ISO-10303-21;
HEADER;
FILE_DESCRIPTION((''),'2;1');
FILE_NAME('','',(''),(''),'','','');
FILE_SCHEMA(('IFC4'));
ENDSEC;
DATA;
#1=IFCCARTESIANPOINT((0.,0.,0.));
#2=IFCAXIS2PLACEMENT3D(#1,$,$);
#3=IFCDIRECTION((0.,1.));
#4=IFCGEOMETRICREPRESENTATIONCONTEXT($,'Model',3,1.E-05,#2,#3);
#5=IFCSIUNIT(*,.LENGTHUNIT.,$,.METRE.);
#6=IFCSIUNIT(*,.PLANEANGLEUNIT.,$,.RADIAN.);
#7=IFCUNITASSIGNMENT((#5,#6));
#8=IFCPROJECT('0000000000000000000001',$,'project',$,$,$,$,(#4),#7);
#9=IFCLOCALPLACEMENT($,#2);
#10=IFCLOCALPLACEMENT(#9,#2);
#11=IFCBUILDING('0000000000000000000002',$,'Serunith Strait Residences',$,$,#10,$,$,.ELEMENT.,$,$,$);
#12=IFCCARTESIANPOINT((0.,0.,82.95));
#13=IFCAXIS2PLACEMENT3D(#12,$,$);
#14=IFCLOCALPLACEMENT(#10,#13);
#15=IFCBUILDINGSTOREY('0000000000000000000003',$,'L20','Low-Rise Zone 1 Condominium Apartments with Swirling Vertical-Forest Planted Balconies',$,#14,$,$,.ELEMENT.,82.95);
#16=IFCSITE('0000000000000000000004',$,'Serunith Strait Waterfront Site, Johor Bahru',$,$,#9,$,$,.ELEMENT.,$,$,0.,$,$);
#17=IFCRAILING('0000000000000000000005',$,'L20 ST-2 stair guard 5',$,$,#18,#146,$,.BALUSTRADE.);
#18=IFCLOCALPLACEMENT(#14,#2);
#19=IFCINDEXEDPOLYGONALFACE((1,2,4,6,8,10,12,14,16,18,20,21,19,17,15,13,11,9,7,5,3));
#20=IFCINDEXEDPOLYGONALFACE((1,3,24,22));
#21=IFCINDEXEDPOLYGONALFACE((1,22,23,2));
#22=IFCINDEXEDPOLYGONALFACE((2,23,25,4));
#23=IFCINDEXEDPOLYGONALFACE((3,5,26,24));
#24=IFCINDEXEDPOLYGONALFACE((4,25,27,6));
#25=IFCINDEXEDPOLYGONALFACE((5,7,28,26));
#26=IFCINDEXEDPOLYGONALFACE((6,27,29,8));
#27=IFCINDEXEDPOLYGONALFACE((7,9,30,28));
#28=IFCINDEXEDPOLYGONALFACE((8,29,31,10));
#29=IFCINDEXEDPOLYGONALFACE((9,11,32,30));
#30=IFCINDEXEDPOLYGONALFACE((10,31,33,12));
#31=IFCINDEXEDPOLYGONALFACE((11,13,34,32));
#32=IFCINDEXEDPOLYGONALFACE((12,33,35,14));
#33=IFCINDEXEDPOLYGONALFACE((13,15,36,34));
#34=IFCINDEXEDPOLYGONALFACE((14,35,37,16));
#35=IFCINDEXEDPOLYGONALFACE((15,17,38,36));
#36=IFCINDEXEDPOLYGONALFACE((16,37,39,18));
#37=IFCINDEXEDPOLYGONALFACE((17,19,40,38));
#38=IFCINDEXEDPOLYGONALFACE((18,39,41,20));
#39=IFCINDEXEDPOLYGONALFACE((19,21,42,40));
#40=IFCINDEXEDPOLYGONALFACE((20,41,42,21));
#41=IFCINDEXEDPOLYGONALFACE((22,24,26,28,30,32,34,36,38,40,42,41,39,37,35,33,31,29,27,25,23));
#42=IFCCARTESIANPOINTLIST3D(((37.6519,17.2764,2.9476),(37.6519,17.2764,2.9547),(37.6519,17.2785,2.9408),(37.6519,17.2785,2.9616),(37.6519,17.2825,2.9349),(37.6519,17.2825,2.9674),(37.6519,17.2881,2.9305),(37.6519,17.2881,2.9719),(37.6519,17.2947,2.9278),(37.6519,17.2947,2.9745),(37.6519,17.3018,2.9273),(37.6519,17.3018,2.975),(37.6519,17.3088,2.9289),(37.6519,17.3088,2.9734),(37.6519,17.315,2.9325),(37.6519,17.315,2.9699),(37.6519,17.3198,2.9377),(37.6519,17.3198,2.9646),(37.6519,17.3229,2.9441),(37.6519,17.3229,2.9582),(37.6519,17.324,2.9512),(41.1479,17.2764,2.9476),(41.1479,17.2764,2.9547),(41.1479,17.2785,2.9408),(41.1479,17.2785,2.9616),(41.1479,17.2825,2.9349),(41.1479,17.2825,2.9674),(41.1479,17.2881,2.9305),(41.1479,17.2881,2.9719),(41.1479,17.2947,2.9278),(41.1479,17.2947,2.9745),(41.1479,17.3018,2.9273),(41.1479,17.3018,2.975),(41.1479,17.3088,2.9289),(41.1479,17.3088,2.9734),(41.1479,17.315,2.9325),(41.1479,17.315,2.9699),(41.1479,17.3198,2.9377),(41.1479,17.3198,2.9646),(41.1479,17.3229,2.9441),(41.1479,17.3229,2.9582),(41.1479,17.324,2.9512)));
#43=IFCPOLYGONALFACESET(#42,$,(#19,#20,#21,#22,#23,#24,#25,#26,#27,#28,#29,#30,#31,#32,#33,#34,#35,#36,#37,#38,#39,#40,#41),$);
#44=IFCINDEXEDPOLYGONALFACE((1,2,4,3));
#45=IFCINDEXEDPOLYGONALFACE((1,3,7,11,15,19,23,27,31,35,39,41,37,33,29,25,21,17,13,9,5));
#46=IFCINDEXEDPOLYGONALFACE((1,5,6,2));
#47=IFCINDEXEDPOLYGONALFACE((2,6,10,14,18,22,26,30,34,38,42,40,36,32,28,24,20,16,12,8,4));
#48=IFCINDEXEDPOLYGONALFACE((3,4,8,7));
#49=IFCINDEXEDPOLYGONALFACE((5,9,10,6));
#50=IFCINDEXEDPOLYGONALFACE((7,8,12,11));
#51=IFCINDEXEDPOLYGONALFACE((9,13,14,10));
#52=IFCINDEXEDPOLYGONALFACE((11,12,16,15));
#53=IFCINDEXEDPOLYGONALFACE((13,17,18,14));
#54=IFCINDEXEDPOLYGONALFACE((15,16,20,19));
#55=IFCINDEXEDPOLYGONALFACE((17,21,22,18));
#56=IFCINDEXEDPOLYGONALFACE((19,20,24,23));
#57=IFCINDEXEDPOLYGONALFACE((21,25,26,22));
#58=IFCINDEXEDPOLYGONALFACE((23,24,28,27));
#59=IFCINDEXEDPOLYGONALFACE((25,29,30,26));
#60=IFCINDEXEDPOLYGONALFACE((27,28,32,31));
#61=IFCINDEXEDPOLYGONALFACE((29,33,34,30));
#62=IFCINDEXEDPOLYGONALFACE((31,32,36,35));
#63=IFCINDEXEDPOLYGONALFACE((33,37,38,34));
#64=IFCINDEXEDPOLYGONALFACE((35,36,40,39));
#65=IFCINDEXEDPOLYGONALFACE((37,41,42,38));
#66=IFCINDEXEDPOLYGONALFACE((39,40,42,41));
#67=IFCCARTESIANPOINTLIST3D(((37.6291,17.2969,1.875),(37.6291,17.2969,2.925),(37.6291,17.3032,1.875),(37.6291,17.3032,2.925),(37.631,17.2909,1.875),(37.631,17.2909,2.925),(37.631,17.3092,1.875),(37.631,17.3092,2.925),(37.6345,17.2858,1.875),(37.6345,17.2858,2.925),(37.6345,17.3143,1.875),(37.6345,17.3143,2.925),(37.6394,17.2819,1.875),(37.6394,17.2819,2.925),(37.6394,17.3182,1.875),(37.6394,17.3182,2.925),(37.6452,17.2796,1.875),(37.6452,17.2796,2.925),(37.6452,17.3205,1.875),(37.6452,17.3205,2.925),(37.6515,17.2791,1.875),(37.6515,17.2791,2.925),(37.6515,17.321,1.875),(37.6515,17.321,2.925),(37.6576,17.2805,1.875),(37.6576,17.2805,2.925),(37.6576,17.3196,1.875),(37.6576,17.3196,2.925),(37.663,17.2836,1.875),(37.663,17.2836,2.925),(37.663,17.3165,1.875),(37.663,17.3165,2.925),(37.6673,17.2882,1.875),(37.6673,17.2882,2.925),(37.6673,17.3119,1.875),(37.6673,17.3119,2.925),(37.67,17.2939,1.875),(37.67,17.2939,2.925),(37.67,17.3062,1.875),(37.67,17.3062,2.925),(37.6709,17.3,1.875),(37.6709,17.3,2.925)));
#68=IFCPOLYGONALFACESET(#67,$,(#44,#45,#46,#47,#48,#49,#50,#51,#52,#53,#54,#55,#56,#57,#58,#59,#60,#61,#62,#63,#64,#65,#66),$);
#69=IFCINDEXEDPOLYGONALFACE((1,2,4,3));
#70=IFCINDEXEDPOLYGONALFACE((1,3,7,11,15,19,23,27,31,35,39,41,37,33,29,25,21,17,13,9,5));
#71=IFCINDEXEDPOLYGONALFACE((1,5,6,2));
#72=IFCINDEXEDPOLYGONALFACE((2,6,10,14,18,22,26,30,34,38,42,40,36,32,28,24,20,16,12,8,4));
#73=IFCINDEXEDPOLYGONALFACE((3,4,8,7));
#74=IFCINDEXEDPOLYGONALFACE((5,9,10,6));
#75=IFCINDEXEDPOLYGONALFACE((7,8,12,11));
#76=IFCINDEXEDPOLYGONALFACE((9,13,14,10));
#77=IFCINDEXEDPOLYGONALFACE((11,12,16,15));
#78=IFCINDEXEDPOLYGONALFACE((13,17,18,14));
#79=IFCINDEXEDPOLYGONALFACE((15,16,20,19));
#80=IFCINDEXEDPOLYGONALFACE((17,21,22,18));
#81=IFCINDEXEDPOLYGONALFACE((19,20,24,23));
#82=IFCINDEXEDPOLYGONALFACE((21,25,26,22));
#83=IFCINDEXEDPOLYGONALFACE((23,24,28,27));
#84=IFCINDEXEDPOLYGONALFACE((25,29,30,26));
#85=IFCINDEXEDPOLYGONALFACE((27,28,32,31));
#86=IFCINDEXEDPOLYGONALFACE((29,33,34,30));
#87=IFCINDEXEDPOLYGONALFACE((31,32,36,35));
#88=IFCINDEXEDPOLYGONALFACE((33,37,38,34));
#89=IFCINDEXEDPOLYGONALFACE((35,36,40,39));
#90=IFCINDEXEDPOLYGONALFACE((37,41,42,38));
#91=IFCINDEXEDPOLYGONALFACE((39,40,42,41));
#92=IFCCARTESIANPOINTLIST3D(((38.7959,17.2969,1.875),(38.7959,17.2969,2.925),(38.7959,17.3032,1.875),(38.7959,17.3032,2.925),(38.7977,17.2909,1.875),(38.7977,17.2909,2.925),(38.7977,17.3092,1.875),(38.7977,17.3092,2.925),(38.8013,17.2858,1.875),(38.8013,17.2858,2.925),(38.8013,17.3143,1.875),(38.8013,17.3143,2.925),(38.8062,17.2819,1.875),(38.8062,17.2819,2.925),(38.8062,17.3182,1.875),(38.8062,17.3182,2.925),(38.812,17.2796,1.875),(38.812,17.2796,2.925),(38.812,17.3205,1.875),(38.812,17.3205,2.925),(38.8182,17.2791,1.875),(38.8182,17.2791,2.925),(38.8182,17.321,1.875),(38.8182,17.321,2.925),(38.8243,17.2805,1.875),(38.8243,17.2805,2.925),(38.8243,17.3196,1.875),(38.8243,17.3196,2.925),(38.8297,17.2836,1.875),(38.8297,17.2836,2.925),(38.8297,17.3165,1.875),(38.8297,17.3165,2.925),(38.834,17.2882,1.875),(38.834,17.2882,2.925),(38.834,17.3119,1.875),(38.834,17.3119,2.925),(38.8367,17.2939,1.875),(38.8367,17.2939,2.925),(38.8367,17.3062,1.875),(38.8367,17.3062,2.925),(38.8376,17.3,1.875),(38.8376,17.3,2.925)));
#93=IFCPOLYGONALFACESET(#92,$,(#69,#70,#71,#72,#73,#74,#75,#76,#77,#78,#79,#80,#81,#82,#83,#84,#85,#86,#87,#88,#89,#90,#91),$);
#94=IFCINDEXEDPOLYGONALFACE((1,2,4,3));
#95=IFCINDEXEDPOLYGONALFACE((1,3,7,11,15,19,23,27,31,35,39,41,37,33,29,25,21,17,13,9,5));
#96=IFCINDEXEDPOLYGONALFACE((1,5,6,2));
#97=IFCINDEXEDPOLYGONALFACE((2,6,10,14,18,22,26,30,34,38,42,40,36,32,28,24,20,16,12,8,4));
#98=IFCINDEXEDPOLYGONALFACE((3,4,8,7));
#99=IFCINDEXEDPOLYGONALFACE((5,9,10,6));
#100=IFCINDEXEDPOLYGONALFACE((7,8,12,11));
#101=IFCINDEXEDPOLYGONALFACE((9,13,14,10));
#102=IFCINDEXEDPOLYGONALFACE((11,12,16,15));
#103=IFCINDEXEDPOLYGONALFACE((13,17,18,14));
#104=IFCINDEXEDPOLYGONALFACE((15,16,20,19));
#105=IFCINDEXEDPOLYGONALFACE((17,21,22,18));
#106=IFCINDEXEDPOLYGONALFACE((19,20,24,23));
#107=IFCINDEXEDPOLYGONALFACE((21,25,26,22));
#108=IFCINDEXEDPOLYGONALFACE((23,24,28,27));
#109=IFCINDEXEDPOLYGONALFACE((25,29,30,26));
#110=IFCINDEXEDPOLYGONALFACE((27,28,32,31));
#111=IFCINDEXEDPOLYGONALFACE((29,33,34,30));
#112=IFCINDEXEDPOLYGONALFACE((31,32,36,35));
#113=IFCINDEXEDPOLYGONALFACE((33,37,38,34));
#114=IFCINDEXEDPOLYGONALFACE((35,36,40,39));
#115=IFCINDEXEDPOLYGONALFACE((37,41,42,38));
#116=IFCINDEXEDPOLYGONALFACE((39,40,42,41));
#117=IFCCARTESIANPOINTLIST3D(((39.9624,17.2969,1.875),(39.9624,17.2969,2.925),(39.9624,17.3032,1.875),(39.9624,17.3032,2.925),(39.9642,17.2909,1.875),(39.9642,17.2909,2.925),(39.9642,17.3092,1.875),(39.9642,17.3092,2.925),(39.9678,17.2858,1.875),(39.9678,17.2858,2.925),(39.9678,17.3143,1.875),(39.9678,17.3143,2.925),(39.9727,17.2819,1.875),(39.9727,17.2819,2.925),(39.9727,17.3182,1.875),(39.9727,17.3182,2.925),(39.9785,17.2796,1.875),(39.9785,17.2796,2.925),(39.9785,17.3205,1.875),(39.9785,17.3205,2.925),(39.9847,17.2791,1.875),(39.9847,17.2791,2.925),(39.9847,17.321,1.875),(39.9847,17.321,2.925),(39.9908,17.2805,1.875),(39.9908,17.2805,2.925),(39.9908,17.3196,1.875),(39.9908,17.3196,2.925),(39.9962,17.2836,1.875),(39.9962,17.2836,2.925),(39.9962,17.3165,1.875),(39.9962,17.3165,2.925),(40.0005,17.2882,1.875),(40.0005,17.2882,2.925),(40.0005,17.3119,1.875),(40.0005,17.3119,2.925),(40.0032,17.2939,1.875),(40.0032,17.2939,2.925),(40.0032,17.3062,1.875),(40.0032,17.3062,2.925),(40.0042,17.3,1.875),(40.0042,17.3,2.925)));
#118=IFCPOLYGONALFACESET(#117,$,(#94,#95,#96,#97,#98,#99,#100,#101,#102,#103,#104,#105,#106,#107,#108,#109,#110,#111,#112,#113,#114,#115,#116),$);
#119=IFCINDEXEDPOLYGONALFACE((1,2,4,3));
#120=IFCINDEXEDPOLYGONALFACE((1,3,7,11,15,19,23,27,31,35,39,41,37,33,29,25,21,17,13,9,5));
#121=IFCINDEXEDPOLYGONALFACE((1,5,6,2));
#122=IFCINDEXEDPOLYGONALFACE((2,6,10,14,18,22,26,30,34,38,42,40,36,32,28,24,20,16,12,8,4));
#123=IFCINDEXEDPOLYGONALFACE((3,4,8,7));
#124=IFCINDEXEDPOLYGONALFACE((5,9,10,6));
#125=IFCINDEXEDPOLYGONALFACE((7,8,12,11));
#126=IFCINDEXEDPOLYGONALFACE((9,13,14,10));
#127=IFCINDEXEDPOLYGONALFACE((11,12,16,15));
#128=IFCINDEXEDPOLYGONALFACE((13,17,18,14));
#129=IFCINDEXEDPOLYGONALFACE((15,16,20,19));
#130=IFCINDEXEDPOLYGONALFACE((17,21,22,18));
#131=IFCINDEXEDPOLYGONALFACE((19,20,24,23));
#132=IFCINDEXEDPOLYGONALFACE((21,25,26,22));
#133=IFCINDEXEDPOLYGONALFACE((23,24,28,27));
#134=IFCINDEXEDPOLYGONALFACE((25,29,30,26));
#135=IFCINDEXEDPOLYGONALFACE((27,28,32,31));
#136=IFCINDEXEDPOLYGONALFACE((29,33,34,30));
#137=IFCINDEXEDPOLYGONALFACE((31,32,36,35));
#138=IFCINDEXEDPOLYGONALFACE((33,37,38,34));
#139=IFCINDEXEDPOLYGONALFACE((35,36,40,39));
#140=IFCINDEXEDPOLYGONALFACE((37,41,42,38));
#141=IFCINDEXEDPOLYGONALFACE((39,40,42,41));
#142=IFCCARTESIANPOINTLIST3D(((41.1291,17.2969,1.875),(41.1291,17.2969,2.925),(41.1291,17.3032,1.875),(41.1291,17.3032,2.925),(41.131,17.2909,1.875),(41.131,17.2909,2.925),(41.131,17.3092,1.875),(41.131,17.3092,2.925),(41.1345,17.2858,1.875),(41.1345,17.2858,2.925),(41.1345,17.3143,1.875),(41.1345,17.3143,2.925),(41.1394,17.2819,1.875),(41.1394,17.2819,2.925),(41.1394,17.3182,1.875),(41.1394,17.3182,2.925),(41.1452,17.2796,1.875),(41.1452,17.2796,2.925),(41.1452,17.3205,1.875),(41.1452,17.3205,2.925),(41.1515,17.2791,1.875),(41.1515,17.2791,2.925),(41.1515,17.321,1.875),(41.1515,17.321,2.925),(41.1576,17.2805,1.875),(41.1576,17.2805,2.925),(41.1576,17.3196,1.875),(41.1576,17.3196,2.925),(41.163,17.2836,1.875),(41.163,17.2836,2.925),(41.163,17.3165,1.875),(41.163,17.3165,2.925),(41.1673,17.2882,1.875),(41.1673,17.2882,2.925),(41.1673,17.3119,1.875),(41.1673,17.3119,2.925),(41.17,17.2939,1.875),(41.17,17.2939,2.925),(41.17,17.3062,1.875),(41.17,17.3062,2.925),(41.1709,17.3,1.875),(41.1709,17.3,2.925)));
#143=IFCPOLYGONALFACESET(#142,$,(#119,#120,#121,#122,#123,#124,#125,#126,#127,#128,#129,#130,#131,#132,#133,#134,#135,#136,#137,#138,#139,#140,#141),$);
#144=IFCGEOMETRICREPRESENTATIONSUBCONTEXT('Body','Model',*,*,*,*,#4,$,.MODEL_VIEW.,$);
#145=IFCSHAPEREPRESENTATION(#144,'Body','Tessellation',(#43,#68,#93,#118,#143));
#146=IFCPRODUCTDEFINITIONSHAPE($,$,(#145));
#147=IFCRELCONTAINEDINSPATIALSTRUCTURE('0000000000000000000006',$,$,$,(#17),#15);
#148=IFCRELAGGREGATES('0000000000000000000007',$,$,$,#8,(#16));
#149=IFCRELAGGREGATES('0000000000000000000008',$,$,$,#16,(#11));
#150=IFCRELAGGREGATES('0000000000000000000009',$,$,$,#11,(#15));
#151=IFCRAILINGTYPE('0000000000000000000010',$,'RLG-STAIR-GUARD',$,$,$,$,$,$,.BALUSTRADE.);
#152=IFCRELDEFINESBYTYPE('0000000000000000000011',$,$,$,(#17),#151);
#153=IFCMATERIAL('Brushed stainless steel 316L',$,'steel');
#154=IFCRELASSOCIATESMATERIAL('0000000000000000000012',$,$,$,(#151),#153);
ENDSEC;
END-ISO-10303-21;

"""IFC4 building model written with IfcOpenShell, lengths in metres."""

from ifc_helpers import new_model, si_unit, direction, frame, origin, origin_2d, place, context, subcontext, project, spatial, circle, extrude, material, type_object, element, save


model = new_model("IFC4")

# Units and contexts
model_context = context("Model", 3, precision=1e-05, world=origin(), true_north=direction((0.0, 1.0)))
body_context = subcontext(model_context, "Body", "Model", "MODEL_VIEW")
ifc_project = project(units=[si_unit("LENGTHUNIT", "METRE"), si_unit("PLANEANGLEUNIT", "RADIAN")], contexts=[model_context])

# Site, building, storey
site_placement = place(None, origin())
site = spatial("IfcSite", under=ifc_project, at=site_placement, Name="Serunith Strait Waterfront Site, Johor Bahru", CompositionType="ELEMENT", RefElevation=0.0)
building_placement = place(site_placement, origin())
building = spatial("IfcBuilding", under=site, at=building_placement, Name="Serunith Strait Residences", CompositionType="ELEMENT")
storey_placement = place(building_placement, frame((0.0, 0.0, 82.95)))
storey = spatial("IfcBuildingStorey", under=building, at=storey_placement, Name="L20", Description="Low-Rise Zone 1 Condominium Apartments with Swirling Vertical-Forest Planted Balconies", CompositionType="ELEMENT", Elevation=82.95)

# Railing
ifc_material_1 = material(Name="Brushed stainless steel 316L", Category="steel")
railing_type_1 = type_object("IfcRailingType", Name="RLG-STAIR-GUARD", PredefinedType="BALUSTRADE", material=ifc_material_1)
railing_1_placement = place(storey_placement, frame((37.6499, 17.3, 1.875)))
element("IfcRailing", 1, at=railing_1_placement, inside=storey, type_object=railing_type_1, Name="L20 ST-2 stair guard 5", PredefinedType="BALUSTRADE", context=body_context, shape_type="SweptSolid", body=[
    extrude(circle(Radius=0.0239, at=origin_2d()), frame((0.002, 0.0, 1.0762), z_axis=(1.0, 0.0, 0.0), x_axis=(0.0, 1.0, 0.0)), (0.0, 0.0, 1.0), 3.4961),
    extrude(circle(Radius=0.021, at=origin_2d()), origin(), (0.0, 0.0, 1.0), 1.05),
    extrude(circle(Radius=0.021, at=origin_2d()), frame((1.1667, 0.0, 0.0)), (0.0, 0.0, 1.0), 1.05),
    extrude(circle(Radius=0.021, at=origin_2d()), frame((2.3333, 0.0, 0.0)), (0.0, 0.0, 1.0), 1.05),
    extrude(circle(Radius=0.021, at=origin_2d()), frame((3.5, 0.0, 0.0)), (0.0, 0.0, 1.0), 1.05),
])

save(model, "model.ifc")
